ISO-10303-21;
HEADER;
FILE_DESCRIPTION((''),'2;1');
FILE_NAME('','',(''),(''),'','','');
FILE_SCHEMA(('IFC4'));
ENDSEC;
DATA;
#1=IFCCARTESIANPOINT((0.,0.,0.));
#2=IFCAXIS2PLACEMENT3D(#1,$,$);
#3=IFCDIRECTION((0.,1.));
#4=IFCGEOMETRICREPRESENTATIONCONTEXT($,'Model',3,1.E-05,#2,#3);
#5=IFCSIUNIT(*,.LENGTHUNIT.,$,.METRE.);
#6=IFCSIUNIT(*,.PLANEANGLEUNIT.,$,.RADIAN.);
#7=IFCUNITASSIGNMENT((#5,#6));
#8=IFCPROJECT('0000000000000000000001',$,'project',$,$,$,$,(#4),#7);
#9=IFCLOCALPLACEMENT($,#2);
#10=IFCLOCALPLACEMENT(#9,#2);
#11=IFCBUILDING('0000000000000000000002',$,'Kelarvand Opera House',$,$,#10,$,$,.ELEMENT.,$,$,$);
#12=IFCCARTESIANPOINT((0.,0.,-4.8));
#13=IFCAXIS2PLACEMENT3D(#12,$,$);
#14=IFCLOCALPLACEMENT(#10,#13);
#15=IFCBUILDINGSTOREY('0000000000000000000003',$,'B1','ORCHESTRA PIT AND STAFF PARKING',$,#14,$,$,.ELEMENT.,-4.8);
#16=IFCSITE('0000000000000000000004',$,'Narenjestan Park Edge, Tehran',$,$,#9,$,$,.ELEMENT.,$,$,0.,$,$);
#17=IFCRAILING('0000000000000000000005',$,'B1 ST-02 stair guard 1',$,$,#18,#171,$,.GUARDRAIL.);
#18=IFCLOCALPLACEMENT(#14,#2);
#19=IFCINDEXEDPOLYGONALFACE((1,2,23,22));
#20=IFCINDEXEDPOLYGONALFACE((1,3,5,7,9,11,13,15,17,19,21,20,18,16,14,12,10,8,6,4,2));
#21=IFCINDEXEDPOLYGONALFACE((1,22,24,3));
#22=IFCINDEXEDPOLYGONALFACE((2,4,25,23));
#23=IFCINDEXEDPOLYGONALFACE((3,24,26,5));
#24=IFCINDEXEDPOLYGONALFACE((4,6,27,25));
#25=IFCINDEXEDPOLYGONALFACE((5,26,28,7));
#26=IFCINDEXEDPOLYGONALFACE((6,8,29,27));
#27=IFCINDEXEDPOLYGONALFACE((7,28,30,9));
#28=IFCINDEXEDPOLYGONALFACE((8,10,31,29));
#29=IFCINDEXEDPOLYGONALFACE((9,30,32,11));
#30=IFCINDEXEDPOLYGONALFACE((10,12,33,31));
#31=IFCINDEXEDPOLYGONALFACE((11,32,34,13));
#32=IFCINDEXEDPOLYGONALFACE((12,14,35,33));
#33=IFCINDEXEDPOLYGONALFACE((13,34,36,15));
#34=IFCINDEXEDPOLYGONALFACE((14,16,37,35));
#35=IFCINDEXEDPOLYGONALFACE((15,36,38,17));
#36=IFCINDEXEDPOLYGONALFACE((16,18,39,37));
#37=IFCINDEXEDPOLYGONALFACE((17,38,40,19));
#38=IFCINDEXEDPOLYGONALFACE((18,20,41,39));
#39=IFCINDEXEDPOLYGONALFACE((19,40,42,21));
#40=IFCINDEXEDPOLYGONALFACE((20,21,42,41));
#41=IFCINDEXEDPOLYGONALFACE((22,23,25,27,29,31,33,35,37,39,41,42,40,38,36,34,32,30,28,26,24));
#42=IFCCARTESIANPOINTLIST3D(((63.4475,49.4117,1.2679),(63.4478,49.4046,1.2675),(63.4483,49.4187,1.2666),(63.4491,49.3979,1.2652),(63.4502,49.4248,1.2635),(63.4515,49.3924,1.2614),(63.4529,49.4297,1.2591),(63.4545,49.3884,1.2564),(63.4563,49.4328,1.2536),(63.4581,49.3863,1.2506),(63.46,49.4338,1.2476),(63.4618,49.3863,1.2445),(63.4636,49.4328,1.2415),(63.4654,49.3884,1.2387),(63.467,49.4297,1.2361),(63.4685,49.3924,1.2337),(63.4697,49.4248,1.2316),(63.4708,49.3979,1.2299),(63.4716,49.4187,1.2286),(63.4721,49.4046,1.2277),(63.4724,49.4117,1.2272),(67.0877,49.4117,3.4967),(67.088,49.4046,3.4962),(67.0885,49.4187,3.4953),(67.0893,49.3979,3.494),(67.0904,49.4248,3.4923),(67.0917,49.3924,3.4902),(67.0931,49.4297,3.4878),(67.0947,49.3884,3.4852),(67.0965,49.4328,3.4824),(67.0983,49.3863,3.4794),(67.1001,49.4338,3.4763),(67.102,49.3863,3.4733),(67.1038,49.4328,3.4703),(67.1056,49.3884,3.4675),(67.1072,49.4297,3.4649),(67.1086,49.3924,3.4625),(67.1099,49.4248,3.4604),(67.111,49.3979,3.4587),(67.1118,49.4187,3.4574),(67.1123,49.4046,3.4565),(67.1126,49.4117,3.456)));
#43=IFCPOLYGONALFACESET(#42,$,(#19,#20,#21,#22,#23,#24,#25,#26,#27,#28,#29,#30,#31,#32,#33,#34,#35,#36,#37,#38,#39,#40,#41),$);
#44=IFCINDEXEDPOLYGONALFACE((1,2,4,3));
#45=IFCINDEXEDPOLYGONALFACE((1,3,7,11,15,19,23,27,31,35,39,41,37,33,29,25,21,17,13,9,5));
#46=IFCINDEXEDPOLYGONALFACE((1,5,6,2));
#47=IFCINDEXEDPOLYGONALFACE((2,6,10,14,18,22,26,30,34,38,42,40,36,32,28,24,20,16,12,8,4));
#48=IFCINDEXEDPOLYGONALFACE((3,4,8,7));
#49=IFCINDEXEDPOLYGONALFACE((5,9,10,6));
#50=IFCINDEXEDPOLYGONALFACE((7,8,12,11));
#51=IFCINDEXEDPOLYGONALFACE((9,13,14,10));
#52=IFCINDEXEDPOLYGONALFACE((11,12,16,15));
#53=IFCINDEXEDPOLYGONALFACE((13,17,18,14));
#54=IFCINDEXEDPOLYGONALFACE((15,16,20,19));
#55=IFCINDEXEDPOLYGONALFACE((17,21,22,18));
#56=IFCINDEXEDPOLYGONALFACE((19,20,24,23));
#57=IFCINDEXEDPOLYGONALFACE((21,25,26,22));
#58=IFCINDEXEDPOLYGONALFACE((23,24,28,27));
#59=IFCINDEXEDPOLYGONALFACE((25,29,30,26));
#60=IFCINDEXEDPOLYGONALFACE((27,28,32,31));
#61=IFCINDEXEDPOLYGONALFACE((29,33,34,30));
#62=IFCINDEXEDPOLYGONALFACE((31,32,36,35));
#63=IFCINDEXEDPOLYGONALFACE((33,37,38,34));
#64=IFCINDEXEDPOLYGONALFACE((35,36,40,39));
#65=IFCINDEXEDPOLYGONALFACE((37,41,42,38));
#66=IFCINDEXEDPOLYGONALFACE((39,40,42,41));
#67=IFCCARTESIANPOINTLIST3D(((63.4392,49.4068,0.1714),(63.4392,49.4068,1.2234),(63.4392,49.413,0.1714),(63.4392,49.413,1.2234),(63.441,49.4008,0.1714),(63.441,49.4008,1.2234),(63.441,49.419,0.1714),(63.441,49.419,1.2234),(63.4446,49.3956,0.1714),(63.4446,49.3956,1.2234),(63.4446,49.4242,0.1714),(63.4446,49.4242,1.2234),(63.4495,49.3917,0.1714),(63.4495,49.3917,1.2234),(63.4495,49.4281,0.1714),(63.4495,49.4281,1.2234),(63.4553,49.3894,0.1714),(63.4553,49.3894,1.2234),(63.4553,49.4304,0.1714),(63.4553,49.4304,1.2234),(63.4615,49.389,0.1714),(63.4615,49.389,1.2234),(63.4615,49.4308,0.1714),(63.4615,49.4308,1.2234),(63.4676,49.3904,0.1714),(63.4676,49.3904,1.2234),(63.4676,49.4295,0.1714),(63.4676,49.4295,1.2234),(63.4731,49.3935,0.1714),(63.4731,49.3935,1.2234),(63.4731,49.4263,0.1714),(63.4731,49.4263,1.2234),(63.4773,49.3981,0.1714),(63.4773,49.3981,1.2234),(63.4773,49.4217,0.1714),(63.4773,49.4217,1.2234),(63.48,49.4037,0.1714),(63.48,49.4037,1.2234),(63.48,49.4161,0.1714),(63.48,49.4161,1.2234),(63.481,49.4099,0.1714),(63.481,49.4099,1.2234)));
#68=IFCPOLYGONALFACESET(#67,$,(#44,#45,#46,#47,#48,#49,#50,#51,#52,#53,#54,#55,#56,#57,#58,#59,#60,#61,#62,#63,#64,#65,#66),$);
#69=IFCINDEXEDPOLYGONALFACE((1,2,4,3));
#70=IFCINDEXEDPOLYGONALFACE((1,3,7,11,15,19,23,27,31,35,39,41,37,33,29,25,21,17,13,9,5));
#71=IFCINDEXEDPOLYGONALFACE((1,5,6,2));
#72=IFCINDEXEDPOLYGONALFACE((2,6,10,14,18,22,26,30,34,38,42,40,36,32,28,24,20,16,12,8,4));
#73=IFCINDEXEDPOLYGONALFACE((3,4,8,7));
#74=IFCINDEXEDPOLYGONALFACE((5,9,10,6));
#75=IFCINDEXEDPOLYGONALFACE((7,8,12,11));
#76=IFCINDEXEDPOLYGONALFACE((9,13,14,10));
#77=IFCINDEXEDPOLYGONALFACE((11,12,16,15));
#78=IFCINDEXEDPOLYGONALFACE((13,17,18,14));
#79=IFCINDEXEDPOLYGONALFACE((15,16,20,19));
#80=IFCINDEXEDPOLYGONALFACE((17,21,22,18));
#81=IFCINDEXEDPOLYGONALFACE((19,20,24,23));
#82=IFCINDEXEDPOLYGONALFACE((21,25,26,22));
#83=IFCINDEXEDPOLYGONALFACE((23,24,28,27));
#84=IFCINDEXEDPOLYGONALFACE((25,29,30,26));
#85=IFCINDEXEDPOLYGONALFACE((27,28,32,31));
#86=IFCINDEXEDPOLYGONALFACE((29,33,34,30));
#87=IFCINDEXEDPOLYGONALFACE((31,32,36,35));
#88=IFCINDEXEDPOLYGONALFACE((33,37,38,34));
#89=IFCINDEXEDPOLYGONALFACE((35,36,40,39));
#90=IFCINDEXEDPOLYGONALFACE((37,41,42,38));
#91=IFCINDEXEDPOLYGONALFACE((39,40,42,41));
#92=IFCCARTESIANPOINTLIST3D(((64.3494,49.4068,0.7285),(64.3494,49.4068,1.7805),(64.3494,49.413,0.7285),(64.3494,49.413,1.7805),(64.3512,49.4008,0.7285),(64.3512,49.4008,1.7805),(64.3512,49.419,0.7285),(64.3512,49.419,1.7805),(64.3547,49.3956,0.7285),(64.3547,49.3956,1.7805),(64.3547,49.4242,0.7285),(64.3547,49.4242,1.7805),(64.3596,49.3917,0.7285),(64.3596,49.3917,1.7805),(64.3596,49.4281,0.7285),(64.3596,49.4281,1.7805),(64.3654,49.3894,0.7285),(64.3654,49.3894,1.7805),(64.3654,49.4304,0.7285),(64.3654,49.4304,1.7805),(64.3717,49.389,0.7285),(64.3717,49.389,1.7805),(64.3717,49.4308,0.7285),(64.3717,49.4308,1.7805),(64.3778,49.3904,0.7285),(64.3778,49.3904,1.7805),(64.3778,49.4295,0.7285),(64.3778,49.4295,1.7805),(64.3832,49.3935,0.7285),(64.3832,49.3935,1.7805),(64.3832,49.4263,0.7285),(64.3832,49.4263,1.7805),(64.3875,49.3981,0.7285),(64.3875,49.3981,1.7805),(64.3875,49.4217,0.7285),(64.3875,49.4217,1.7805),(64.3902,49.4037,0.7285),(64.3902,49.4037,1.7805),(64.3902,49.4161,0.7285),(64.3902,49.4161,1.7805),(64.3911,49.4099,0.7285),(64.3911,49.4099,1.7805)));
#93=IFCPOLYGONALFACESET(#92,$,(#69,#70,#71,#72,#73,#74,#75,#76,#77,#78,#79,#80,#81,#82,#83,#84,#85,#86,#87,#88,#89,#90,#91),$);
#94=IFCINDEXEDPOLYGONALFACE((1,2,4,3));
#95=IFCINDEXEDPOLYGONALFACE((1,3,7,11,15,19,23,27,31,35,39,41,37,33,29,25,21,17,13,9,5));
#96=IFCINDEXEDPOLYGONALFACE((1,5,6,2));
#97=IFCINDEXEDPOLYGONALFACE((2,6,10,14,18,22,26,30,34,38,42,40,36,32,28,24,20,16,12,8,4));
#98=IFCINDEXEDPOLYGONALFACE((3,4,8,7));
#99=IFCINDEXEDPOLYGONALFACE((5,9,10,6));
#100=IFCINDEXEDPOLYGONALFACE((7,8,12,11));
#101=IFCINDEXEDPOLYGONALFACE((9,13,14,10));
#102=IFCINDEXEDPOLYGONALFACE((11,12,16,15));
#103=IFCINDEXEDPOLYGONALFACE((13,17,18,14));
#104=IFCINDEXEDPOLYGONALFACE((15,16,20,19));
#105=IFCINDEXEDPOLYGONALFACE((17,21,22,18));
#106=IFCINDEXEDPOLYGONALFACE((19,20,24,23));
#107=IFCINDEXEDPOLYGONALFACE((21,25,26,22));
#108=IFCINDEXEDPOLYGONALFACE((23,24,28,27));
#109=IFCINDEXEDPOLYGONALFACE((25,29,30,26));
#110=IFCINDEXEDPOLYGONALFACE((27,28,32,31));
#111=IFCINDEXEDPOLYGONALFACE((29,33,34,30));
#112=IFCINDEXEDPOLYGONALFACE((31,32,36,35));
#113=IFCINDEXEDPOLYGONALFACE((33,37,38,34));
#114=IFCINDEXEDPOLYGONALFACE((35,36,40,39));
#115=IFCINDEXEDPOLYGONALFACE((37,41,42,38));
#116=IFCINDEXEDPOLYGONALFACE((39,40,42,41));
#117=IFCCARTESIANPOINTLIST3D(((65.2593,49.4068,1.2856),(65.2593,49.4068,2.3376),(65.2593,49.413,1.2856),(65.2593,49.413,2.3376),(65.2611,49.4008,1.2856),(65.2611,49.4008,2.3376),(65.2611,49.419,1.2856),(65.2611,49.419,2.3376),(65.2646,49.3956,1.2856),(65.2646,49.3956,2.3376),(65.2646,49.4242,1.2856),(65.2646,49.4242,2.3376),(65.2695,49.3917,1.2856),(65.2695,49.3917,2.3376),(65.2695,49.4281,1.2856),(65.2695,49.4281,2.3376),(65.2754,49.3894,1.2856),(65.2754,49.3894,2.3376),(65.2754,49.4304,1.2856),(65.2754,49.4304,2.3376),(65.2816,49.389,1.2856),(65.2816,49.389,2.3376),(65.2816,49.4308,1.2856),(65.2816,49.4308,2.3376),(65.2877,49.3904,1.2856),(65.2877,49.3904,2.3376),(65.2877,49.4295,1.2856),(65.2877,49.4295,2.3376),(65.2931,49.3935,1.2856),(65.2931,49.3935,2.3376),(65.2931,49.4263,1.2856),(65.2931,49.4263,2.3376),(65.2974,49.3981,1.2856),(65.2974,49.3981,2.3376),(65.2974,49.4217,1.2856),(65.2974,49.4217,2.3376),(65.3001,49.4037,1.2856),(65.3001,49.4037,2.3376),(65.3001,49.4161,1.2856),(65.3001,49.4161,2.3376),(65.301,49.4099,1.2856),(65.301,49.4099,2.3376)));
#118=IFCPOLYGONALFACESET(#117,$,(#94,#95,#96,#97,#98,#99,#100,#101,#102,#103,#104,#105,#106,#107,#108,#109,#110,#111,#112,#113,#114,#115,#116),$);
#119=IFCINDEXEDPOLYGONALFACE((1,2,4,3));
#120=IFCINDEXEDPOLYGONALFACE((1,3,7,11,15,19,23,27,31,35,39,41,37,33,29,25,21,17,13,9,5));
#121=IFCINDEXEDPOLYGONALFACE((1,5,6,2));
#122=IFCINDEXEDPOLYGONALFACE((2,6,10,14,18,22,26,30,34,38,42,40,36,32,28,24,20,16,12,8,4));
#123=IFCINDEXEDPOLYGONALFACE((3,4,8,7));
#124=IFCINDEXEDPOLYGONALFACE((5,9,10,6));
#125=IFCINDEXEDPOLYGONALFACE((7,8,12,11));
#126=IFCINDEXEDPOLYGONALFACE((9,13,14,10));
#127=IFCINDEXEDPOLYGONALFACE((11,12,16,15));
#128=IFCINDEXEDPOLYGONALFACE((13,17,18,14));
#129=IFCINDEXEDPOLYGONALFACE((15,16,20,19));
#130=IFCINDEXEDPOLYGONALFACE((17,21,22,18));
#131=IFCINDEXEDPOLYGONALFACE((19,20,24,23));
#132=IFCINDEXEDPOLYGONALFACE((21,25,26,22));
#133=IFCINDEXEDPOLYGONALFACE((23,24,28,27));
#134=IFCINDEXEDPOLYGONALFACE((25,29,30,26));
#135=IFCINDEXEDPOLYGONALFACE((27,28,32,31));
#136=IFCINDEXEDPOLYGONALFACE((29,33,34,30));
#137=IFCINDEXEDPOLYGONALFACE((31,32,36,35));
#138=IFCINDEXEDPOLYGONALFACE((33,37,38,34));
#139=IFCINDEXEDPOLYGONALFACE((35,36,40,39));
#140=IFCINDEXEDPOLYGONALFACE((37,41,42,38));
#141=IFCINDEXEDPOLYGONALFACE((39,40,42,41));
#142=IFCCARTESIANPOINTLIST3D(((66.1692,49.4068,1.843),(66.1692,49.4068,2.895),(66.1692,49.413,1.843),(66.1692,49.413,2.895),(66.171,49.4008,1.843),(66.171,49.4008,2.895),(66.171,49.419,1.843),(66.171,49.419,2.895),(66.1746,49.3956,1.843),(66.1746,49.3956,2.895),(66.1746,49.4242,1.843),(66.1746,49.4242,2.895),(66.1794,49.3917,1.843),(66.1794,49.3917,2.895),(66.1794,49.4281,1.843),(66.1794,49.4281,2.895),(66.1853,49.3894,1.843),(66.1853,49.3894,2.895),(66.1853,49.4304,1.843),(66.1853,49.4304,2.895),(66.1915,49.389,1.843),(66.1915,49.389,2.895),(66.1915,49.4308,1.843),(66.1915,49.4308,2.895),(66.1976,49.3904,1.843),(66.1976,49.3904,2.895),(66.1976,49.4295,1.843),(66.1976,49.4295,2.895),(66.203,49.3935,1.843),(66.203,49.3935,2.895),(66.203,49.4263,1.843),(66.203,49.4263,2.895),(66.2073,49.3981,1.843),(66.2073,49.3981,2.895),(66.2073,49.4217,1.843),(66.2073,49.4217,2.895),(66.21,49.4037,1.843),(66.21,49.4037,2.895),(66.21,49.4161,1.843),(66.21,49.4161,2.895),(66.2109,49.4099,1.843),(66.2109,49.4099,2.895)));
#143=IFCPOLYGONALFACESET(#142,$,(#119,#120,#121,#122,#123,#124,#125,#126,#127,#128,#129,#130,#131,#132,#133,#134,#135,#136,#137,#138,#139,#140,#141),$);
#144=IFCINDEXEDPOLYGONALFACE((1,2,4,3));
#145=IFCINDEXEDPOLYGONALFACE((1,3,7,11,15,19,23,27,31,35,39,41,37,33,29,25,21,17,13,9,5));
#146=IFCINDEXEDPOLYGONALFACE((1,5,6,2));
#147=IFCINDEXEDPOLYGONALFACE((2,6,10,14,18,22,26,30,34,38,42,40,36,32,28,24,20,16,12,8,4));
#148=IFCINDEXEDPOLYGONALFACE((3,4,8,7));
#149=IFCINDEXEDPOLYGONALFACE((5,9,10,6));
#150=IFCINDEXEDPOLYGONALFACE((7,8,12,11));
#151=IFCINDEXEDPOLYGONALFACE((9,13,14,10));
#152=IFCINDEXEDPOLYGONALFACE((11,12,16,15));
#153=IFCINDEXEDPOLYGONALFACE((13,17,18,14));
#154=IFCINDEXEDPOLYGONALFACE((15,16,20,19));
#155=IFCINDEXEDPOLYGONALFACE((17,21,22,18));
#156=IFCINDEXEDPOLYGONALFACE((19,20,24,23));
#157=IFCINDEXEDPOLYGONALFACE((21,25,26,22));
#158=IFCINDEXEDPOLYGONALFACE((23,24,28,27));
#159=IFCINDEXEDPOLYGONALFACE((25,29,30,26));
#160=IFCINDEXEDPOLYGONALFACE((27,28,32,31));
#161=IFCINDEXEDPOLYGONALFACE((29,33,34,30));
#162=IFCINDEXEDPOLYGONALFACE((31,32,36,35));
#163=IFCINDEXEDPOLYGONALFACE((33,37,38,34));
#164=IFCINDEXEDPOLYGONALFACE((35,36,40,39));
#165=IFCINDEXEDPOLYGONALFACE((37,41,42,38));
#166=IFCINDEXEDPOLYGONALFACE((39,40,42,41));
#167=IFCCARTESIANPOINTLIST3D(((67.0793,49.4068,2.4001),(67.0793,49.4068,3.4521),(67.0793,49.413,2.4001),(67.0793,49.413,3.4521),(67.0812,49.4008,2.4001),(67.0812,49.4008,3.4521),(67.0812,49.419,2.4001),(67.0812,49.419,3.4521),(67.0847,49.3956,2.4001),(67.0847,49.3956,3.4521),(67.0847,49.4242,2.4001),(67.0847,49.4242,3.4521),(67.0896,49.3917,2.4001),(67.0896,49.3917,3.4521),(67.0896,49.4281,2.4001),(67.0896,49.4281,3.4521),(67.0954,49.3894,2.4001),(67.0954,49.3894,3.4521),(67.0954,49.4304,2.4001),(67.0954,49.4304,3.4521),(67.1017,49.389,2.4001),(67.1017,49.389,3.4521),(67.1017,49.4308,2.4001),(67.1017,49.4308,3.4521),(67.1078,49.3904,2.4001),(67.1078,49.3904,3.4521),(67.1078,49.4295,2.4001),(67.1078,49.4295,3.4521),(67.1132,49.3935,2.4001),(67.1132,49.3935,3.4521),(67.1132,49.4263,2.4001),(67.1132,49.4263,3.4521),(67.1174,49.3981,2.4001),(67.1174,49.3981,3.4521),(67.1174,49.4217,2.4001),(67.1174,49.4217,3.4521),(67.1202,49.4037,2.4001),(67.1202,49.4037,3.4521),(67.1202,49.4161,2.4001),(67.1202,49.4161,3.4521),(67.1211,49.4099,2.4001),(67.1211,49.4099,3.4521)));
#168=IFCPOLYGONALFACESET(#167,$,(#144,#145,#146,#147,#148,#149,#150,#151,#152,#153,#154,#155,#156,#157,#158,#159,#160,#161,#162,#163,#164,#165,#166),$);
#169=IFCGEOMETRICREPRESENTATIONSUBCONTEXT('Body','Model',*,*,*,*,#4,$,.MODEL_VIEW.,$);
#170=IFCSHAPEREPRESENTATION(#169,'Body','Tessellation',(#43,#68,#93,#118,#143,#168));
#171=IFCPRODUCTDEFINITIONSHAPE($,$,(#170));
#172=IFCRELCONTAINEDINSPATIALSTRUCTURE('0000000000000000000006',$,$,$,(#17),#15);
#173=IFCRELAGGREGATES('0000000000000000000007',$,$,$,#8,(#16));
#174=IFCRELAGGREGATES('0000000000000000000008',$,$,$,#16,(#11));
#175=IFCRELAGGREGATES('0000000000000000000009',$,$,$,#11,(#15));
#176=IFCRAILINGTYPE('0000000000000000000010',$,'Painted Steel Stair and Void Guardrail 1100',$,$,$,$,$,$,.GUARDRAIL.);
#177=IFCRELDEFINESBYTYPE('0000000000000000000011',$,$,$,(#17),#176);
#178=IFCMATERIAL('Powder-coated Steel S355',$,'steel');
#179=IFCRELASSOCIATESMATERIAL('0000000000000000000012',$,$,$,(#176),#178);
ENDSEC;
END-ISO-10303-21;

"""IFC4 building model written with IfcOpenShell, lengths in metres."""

from ifc_helpers import new_model, si_unit, direction, frame, origin, origin_2d, place, context, subcontext, project, spatial, circle, extrude, material, type_object, element, save


model = new_model("IFC4")

# Units and contexts
model_context = context("Model", 3, precision=1e-05, world=origin(), true_north=direction((0.0, 1.0)))
body_context = subcontext(model_context, "Body", "Model", "MODEL_VIEW")
ifc_project = project(units=[si_unit("LENGTHUNIT", "METRE"), si_unit("PLANEANGLEUNIT", "RADIAN")], contexts=[model_context])

# Site, building, storey
site_placement = place(None, origin())
site = spatial("IfcSite", under=ifc_project, at=site_placement, Name="Narenjestan Park Edge, Tehran", CompositionType="ELEMENT", RefElevation=0.0)
building_placement = place(site_placement, origin())
building = spatial("IfcBuilding", under=site, at=building_placement, Name="Kelarvand Opera House", CompositionType="ELEMENT")
storey_placement = place(building_placement, frame((0.0, 0.0, -4.8)))
storey = spatial("IfcBuildingStorey", under=building, at=storey_placement, Name="B1", Description="ORCHESTRA PIT AND STAFF PARKING", CompositionType="ELEMENT", Elevation=-4.8)

# Railing
ifc_material_1 = material(Name="Powder-coated Steel S355", Category="steel")
railing_type_1 = type_object("IfcRailingType", Name="Painted Steel Stair and Void Guardrail 1100", PredefinedType="GUARDRAIL", material=ifc_material_1)
railing_1_placement = place(storey_placement, frame((63.46, 49.4099, 0.1714)))
element("IfcRailing", 1, at=railing_1_placement, inside=storey, type_object=railing_type_1, Name="B1 ST-02 stair guard 1", PredefinedType="GUARDRAIL", context=body_context, shape_type="SweptSolid", body=[
    extrude(circle(Radius=0.0239, at=origin_2d()), frame((0.0, 0.0, 1.0762), z_axis=(0.85284, 0.0, 0.522172), x_axis=(0.0, 1.0, 0.0)), (0.0, 0.0, 1.0), 4.2683),
    extrude(circle(Radius=0.021, at=origin_2d()), origin(), (0.0, 0.0, 1.0), 1.052),
    extrude(circle(Radius=0.021, at=origin_2d()), frame((0.9102, 0.0, 0.5571)), (0.0, 0.0, 1.0), 1.052),
    extrude(circle(Radius=0.021, at=origin_2d()), frame((1.8201, 0.0, 1.1143)), (0.0, 0.0, 1.0), 1.052),
    extrude(circle(Radius=0.021, at=origin_2d()), frame((2.73, 0.0, 1.6716)), (0.0, 0.0, 1.0), 1.052),
    extrude(circle(Radius=0.021, at=origin_2d()), frame((3.6401, 0.0, 2.2288)), (0.0, 0.0, 1.0), 1.052),
])

save(model, "model.ifc")
